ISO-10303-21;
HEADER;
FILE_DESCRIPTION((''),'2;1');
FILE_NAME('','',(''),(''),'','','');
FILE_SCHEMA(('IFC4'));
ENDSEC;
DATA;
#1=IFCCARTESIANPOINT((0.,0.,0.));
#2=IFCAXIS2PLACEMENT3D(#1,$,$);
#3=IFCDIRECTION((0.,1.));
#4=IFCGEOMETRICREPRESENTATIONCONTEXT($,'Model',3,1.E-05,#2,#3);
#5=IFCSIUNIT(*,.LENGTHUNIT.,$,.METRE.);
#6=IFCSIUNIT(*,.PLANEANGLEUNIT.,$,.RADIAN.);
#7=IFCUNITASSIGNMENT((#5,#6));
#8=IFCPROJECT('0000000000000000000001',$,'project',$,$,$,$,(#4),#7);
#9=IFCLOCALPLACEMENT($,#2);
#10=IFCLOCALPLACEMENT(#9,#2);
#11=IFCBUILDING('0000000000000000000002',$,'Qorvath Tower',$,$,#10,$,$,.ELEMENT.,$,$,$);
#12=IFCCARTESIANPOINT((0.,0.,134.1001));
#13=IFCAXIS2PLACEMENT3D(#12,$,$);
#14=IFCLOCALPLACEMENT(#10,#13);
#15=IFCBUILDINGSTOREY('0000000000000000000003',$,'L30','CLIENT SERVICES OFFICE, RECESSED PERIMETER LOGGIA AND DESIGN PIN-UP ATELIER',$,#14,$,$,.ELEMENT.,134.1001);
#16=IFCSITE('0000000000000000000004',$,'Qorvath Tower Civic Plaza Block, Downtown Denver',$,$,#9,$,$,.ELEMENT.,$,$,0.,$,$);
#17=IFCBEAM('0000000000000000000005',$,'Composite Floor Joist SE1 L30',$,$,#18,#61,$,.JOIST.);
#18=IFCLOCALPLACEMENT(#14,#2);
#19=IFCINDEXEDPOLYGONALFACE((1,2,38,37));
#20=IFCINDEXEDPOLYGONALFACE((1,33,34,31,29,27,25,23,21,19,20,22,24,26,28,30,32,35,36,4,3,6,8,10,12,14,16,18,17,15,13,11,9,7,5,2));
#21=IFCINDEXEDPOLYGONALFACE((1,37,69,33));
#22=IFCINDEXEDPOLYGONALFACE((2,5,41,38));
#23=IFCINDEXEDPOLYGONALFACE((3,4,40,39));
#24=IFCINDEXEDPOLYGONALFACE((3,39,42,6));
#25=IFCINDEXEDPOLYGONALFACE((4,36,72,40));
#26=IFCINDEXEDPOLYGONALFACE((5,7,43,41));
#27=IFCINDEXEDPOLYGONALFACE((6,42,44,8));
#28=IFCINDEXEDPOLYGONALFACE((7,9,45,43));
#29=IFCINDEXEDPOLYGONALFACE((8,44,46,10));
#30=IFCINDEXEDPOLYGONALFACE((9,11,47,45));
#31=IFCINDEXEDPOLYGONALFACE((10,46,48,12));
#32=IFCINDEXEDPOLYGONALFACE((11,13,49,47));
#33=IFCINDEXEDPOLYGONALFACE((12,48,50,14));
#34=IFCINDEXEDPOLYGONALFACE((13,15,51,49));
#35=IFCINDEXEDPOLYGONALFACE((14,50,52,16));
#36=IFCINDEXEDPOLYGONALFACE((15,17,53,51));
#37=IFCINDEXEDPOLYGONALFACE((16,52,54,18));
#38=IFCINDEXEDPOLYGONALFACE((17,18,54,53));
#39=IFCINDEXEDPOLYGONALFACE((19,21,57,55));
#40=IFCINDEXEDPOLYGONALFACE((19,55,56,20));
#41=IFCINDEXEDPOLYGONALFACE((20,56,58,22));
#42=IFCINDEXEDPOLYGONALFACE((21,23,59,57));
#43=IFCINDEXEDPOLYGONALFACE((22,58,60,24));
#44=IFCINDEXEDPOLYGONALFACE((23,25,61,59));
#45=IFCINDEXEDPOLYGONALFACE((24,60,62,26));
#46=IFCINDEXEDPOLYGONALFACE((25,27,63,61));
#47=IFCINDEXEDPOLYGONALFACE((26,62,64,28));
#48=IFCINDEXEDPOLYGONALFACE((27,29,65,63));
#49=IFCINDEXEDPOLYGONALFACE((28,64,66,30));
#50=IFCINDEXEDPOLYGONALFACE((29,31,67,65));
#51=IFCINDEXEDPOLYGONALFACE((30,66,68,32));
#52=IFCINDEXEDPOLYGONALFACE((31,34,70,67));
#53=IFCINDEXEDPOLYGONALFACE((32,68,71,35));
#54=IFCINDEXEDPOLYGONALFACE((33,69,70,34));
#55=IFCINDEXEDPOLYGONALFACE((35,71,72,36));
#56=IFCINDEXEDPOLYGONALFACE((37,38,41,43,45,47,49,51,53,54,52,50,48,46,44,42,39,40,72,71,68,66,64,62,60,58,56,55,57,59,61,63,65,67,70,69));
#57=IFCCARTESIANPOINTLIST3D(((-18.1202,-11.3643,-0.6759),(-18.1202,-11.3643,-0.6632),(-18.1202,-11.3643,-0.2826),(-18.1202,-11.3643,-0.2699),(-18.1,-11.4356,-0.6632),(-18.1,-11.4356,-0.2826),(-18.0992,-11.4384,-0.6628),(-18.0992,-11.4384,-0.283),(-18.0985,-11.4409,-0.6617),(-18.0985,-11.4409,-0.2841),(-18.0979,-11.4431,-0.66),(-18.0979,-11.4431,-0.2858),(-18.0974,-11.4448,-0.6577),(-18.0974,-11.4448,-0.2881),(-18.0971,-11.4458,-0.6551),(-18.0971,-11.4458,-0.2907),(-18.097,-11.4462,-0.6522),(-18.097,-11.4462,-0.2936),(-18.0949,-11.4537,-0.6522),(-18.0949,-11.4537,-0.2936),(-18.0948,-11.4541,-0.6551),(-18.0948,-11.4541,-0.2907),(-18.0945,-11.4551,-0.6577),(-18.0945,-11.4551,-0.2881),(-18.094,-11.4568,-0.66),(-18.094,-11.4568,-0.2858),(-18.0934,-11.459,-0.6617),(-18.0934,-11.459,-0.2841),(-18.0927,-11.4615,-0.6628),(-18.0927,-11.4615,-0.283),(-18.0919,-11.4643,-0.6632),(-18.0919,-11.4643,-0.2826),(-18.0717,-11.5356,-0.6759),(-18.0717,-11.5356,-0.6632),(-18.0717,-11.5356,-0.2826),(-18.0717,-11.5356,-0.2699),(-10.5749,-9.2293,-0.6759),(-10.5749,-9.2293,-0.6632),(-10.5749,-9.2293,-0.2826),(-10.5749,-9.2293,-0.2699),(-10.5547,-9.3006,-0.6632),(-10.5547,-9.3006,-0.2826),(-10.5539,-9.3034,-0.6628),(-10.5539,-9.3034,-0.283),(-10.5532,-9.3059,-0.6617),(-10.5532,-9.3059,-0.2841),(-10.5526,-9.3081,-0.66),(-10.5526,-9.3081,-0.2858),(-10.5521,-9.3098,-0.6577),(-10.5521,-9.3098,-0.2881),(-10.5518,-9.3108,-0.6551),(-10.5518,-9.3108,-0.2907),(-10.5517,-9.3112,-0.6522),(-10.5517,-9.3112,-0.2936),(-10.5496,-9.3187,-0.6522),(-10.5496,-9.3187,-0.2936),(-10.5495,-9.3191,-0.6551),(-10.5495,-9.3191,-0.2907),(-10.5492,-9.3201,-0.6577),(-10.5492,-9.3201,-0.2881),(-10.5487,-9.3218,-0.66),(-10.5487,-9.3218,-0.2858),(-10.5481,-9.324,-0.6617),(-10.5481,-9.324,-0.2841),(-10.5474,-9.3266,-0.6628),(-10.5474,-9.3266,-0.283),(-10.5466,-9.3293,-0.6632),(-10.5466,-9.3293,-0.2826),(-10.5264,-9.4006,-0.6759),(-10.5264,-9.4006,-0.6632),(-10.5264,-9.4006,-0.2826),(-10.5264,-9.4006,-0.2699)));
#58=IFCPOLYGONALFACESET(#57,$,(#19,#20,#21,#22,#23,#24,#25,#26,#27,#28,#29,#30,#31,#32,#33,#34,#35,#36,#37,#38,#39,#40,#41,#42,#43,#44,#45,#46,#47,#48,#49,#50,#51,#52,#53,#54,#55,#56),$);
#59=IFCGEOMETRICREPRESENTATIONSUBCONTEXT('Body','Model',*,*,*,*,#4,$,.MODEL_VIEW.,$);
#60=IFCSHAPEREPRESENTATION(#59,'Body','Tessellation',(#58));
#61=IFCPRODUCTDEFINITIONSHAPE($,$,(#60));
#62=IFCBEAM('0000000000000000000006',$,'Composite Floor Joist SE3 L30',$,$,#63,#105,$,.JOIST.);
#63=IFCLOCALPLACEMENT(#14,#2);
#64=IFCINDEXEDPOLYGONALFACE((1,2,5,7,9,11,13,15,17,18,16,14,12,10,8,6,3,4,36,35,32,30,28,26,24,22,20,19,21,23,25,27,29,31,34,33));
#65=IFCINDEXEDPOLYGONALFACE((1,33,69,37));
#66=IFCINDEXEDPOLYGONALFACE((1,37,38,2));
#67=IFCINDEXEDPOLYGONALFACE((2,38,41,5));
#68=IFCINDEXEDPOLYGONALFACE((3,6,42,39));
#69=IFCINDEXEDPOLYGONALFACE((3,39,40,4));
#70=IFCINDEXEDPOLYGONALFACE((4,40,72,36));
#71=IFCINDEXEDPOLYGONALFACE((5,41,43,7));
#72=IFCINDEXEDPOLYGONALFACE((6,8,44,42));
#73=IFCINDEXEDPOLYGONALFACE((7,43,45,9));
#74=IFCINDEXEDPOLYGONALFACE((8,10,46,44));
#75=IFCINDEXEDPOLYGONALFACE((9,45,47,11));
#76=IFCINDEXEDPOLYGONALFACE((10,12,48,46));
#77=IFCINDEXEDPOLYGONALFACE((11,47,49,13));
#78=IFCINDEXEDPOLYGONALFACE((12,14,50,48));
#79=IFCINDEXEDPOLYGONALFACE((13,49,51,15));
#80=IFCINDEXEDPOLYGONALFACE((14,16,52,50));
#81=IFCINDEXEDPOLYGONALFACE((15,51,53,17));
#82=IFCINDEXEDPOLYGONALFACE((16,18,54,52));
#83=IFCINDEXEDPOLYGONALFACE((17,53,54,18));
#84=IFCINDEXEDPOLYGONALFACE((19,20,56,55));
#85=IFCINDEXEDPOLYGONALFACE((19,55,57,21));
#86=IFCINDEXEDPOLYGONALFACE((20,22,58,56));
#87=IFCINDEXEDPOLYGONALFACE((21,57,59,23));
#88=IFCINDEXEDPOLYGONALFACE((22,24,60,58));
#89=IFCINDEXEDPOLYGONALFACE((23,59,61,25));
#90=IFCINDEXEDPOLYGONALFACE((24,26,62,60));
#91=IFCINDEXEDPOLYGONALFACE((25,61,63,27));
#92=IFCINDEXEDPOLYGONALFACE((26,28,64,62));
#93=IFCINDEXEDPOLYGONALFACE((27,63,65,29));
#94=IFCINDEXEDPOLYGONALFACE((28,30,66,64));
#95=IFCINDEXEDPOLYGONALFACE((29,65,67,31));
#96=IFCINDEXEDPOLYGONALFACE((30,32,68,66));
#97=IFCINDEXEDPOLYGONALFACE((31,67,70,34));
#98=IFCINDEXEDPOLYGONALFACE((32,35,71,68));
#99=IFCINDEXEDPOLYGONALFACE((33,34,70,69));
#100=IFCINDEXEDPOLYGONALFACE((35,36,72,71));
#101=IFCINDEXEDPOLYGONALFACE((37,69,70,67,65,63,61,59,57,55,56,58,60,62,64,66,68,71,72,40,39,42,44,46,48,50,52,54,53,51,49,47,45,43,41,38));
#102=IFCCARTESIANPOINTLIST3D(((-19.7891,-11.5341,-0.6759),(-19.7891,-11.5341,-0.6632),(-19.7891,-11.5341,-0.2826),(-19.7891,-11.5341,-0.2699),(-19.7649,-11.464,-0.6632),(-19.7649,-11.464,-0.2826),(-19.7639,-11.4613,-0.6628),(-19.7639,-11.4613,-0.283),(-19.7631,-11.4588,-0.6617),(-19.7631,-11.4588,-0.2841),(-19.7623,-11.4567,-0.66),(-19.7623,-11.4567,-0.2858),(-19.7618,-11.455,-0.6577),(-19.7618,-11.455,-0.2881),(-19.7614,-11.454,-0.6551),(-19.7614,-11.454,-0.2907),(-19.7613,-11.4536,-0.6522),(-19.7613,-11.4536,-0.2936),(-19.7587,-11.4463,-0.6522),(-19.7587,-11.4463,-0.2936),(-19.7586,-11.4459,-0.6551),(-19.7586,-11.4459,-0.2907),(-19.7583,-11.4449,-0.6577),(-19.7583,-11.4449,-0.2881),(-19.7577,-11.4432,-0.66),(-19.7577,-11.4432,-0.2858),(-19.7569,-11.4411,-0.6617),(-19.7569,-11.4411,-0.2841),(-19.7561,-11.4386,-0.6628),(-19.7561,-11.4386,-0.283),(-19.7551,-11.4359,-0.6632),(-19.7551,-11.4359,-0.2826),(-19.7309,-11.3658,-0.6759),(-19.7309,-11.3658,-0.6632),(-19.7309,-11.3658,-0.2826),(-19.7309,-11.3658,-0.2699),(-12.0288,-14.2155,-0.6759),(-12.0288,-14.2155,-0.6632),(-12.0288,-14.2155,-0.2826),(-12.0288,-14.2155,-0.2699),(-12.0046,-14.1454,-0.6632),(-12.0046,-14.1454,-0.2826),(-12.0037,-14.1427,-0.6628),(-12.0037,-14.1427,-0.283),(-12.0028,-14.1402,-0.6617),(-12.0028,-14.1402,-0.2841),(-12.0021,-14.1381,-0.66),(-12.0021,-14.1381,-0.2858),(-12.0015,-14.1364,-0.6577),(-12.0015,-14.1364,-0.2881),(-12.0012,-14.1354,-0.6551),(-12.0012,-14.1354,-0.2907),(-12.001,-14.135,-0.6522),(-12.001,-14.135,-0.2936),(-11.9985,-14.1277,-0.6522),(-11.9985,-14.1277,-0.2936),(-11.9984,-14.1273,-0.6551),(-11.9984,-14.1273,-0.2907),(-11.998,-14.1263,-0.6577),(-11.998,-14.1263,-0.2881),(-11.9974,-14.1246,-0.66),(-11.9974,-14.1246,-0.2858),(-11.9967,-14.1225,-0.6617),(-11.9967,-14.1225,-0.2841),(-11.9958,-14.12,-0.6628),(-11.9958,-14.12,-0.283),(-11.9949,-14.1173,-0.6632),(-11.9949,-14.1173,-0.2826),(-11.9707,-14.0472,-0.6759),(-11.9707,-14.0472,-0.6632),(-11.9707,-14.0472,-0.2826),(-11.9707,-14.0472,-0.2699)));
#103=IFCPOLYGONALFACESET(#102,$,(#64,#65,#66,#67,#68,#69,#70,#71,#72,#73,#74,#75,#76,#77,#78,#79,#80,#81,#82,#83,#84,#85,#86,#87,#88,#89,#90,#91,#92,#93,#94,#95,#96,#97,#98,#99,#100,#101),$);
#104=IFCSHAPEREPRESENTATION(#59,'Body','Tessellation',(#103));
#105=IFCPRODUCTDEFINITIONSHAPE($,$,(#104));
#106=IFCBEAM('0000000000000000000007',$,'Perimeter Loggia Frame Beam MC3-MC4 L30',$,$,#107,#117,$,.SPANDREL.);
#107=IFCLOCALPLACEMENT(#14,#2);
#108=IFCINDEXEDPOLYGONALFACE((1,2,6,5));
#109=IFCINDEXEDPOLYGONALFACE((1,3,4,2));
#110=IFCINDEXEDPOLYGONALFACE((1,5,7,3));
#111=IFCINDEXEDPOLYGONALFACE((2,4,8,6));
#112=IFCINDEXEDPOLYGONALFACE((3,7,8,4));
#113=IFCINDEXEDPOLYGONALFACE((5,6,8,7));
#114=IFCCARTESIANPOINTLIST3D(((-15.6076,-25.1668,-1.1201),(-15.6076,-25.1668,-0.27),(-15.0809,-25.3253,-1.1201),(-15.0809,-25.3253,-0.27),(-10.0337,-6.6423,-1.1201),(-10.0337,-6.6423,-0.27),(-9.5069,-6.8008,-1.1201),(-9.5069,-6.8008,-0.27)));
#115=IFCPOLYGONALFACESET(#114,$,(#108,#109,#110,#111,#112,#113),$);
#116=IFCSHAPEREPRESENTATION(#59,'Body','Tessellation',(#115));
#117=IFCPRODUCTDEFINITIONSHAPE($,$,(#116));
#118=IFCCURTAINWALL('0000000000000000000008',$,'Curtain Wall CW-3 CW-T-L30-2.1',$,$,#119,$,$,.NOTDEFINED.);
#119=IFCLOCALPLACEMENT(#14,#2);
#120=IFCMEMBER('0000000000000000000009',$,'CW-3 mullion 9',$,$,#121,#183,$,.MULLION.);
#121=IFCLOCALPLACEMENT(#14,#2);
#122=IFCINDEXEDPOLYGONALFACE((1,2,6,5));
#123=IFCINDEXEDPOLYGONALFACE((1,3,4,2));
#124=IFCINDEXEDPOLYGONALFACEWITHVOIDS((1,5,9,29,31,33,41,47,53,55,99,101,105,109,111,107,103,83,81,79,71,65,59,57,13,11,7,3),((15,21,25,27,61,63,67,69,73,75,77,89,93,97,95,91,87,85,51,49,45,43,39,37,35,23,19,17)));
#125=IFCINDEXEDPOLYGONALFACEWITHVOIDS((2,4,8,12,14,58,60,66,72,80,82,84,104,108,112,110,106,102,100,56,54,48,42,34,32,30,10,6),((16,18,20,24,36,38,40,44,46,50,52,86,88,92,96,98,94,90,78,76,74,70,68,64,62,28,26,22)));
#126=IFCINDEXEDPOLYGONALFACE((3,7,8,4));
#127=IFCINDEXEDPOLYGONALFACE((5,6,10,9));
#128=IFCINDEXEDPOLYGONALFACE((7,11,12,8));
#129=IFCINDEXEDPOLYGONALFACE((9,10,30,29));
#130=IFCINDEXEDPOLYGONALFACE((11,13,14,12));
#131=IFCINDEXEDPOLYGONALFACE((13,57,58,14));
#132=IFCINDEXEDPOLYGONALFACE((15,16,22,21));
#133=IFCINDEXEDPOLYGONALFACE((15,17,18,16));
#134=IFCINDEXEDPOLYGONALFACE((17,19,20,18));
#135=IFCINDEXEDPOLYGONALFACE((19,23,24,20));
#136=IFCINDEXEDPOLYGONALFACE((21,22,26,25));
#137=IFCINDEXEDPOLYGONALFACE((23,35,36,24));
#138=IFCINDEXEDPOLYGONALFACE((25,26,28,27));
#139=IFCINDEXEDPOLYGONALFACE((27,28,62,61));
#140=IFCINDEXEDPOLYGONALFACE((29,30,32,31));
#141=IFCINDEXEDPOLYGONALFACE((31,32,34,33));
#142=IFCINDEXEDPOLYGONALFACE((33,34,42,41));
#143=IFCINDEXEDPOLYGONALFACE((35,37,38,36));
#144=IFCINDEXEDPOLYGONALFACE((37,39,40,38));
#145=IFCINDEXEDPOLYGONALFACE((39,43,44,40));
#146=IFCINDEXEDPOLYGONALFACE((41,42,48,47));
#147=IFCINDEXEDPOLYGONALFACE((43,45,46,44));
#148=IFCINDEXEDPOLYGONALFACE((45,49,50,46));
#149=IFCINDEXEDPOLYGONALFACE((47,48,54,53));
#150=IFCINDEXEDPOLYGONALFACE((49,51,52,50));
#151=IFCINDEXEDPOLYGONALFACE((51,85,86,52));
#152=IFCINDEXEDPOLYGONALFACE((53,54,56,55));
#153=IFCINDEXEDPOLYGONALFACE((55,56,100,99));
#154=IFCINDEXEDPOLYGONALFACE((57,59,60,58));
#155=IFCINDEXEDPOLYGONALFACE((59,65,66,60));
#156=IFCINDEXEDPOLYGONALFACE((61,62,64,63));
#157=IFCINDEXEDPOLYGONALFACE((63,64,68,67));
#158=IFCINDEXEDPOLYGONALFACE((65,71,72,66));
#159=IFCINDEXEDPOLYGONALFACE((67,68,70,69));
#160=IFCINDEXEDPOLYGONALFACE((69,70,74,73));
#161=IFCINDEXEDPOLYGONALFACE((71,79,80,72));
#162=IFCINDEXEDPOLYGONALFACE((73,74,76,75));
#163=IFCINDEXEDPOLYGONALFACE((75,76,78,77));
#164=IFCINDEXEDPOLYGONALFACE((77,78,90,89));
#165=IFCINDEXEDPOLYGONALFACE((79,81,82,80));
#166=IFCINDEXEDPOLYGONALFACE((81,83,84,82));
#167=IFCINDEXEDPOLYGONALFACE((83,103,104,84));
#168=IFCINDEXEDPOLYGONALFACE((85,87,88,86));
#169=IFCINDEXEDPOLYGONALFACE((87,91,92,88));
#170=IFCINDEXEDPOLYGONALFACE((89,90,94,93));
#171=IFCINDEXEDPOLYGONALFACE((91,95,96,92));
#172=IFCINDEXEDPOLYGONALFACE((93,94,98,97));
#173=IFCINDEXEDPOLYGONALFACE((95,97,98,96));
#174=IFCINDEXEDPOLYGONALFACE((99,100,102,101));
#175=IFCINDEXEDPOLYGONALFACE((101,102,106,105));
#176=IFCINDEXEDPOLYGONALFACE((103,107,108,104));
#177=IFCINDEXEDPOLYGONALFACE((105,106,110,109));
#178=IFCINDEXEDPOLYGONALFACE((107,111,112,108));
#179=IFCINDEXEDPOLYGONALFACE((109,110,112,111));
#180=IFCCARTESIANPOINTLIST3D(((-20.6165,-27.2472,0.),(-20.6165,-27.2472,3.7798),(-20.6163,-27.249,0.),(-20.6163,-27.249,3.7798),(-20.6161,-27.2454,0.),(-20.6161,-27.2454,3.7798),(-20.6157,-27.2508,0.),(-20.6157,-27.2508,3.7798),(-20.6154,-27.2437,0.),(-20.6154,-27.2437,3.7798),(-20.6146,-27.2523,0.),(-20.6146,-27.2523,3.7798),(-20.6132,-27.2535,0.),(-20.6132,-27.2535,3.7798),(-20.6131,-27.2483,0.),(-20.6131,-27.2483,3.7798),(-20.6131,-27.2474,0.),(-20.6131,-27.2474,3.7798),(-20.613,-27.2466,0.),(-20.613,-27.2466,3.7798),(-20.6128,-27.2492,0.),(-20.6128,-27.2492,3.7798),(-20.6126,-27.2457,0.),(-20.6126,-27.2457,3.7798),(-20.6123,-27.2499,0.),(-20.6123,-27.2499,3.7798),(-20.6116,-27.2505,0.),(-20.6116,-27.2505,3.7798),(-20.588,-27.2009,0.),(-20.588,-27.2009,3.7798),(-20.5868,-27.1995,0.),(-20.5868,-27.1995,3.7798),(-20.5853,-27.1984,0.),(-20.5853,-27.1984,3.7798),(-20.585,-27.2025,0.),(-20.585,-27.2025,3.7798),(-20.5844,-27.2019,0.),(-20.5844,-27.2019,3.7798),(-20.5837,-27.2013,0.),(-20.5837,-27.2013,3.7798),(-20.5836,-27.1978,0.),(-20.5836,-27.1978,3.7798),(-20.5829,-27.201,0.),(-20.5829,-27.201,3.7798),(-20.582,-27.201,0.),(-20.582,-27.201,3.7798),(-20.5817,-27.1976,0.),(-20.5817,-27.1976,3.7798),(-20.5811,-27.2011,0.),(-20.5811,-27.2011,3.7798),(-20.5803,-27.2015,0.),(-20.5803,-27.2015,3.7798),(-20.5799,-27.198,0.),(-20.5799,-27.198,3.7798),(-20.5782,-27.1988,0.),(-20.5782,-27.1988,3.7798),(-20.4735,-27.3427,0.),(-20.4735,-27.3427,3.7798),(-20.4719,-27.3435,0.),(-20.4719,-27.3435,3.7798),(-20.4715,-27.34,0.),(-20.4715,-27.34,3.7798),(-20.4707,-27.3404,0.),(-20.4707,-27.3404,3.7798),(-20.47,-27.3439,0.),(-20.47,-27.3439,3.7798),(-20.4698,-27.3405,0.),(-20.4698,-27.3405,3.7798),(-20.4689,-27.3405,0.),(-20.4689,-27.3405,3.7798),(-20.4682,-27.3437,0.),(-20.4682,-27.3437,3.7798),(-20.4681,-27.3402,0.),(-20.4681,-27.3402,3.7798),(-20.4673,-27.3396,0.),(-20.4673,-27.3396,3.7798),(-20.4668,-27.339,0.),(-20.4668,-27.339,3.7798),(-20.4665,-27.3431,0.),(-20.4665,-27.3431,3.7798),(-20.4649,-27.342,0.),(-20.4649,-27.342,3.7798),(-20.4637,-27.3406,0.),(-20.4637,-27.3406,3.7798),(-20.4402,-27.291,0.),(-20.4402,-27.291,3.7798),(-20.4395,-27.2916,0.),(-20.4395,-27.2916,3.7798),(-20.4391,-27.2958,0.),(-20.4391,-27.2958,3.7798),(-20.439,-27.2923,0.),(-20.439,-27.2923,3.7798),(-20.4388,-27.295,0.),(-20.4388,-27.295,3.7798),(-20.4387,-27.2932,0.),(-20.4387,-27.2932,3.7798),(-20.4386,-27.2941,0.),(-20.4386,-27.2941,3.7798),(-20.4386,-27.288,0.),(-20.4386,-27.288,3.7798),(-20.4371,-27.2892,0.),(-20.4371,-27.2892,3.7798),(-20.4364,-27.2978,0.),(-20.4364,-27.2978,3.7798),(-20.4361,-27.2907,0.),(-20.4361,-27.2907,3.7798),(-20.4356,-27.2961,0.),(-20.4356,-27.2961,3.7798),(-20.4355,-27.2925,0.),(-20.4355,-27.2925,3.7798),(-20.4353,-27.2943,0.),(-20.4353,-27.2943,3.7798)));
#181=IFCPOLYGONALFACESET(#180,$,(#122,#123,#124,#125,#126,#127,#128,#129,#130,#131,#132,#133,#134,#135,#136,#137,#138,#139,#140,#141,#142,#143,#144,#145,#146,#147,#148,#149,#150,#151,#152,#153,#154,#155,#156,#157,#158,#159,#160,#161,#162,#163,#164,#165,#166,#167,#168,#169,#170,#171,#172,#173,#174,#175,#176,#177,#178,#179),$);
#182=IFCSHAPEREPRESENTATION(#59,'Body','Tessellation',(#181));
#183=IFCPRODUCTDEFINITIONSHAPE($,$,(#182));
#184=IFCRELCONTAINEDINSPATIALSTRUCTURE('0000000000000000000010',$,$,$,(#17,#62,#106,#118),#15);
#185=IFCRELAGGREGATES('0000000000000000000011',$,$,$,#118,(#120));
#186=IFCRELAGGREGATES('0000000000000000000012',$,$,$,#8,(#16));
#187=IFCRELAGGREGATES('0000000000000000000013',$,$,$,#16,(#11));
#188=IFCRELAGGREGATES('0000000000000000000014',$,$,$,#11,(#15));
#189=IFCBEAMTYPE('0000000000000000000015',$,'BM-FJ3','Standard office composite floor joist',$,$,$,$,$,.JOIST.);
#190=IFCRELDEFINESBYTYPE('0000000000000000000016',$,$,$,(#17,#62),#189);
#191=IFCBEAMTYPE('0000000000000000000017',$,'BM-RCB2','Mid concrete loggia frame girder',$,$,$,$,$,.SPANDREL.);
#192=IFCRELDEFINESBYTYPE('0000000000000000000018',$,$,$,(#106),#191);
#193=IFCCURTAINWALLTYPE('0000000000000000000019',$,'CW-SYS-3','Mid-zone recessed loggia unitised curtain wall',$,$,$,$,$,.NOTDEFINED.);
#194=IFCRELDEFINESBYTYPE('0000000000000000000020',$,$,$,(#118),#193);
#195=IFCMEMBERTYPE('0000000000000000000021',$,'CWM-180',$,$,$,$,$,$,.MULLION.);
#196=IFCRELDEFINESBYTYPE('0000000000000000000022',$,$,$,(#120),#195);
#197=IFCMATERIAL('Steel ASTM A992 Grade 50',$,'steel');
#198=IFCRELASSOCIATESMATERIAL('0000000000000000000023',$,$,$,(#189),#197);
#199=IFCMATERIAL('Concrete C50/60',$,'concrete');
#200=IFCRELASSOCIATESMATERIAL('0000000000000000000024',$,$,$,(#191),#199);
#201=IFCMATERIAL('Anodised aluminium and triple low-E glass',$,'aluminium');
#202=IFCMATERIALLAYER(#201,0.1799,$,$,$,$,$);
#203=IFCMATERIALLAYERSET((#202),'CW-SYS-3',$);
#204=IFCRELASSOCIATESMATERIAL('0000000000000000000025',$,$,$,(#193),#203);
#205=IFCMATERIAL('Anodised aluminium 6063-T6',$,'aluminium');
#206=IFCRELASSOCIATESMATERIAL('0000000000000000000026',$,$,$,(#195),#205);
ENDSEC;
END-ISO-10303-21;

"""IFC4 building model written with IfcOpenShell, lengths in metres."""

from ifc_helpers import new_model, si_unit, direction, frame, origin, origin_2d, place, context, subcontext, project, spatial, rectangle, hollow_rectangle, i_section, extrude, material, layer, layer_set, material_profile, profile_set, type_object, element, aggregate, save


model = new_model("IFC4")

# Units and contexts
model_context = context("Model", 3, precision=1e-05, world=origin(), true_north=direction((0.0, 1.0)))
body_context = subcontext(model_context, "Body", "Model", "MODEL_VIEW")
ifc_project = project(units=[si_unit("LENGTHUNIT", "METRE"), si_unit("PLANEANGLEUNIT", "RADIAN")], contexts=[model_context])

# Site, building, storey
site_placement = place(None, origin())
site = spatial("IfcSite", under=ifc_project, at=site_placement, Name="Qorvath Tower Civic Plaza Block, Downtown Denver", CompositionType="ELEMENT", RefElevation=0.0)
building_placement = place(site_placement, origin())
building = spatial("IfcBuilding", under=site, at=building_placement, Name="Qorvath Tower", CompositionType="ELEMENT")
storey_placement = place(building_placement, frame((0.0, 0.0, 134.1001)))
storey = spatial("IfcBuildingStorey", under=building, at=storey_placement, Name="L30", Description="CLIENT SERVICES OFFICE, RECESSED PERIMETER LOGGIA AND DESIGN PIN-UP ATELIER", CompositionType="ELEMENT", Elevation=134.1001)

# Beams
ifc_material_1 = material(Name="Steel ASTM A992 Grade 50", Category="steel")
ifc_material_profile_1 = material_profile(ifc_material_1, i_section(OverallWidth=0.178, OverallDepth=0.406, WebThickness=0.0078, FlangeThickness=0.0127, FilletRadius=0.011, at=origin_2d()), Name="W16x40")
ifc_profile_set_1 = profile_set([ifc_material_profile_1], Name="Steel ASTM A992 Grade 50")
beam_type_1 = type_object("IfcBeamType", Name="BM-FJ3", Description="Standard office composite floor joist", PredefinedType="JOIST", material=ifc_profile_set_1)
beam_1_placement = place(storey_placement, frame((-18.0959, -11.45, -0.4729), z_axis=(0.962222, 0.272265, 0.0), x_axis=(-0.272265, 0.962222, 0.0)))
element("IfcBeam", 1, at=beam_1_placement, inside=storey, type_object=beam_type_1, Name="Composite Floor Joist SE1 L30", PredefinedType="JOIST", context=body_context, shape_type="SweptSolid", body=[
    extrude(i_section(OverallWidth=0.178, OverallDepth=0.406, WebThickness=0.0078, FlangeThickness=0.0127, FilletRadius=0.011, at=origin_2d()), origin(), (0.0, 0.0, 1.0), 7.8416),
])
beam_2_placement = place(storey_placement, frame((-19.76, -11.45, -0.4729), z_axis=(0.945168, -0.326584, 0.0), x_axis=(0.326584, 0.945168, 0.0)))
element("IfcBeam", 2, at=beam_2_placement, inside=storey, type_object=beam_type_1, Name="Composite Floor Joist SE3 L30", PredefinedType="JOIST", context=body_context, shape_type="SweptSolid", body=[
    extrude(i_section(OverallWidth=0.178, OverallDepth=0.406, WebThickness=0.0078, FlangeThickness=0.0127, FilletRadius=0.011, at=origin_2d()), origin(), (0.0, 0.0, 1.0), 8.2104),
])
ifc_material_2 = material(Name="Concrete C50/60", Category="concrete")
ifc_material_profile_2 = material_profile(ifc_material_2, rectangle(XDim=0.55, YDim=0.8501, at=origin_2d()), Name="RCB 850x550")
ifc_profile_set_2 = profile_set([ifc_material_profile_2], Name="Concrete C50/60")
beam_type_2 = type_object("IfcBeamType", Name="BM-RCB2", Description="Mid concrete loggia frame girder", PredefinedType="SPANDREL", material=ifc_profile_set_2)
beam_3_placement = place(storey_placement, frame((-15.3442, -25.2461, -0.6951), z_axis=(0.288134, 0.95759, 0.0), x_axis=(-0.95759, 0.288134, 0.0)))
element("IfcBeam", 3, at=beam_3_placement, inside=storey, type_object=beam_type_2, Name="Perimeter Loggia Frame Beam MC3-MC4 L30", PredefinedType="SPANDREL", context=body_context, shape_type="SweptSolid", body=[
    extrude(rectangle(XDim=0.55, YDim=0.8501, at=origin_2d()), origin(), (0.0, 0.0, 1.0), 19.345),
])

# Curtain wall, member
ifc_material_3 = material(Name="Anodised aluminium and triple low-E glass", Category="aluminium")
ifc_layer_1 = layer(ifc_material_3, 0.1799)
ifc_layer_set_1 = layer_set([ifc_layer_1], Name="CW-SYS-3")
curtain_wall_type = type_object("IfcCurtainWallType", Name="CW-SYS-3", Description="Mid-zone recessed loggia unitised curtain wall", PredefinedType="NOTDEFINED", material=ifc_layer_set_1)
curtain_wall_1_placement = place(storey_placement, origin())
curtain_wall_1 = element("IfcCurtainWall", 4, at=curtain_wall_1_placement, inside=storey, type_object=curtain_wall_type, Name="Curtain Wall CW-3 CW-T-L30-2.1", PredefinedType="NOTDEFINED")
ifc_material_4 = material(Name="Anodised aluminium 6063-T6", Category="aluminium")
ifc_material_profile_3 = material_profile(ifc_material_4, hollow_rectangle(XDim=0.0649, YDim=0.1799, WallThickness=0.0034, InnerFilletRadius=0.0034, OuterFilletRadius=0.0071, at=origin_2d()), Name="CWM 180x65")
ifc_profile_set_3 = profile_set([ifc_material_profile_3], Name="Anodised aluminium 6063-T6")
member_type_1 = type_object("IfcMemberType", Name="CWM-180", PredefinedType="MULLION", material=ifc_profile_set_3)
member_1_placement = place(storey_placement, frame((-20.5259, -27.2708, 0.0), z_axis=(0.0, 0.0, 1.0), x_axis=(0.538534, 0.842604, 0.0)))
member_1 = element("IfcMember", 5, at=member_1_placement, type_object=member_type_1, Name="CW-3 mullion 9", PredefinedType="MULLION", context=body_context, shape_type="SweptSolid", body=[
    extrude(hollow_rectangle(XDim=0.0649, YDim=0.1799, WallThickness=0.0034, InnerFilletRadius=0.0034, OuterFilletRadius=0.0071, at=origin_2d()), origin(), (0.0, 0.0, 1.0), 3.7798),
])

aggregate(curtain_wall_1, [member_1])

save(model, "model.ifc")
